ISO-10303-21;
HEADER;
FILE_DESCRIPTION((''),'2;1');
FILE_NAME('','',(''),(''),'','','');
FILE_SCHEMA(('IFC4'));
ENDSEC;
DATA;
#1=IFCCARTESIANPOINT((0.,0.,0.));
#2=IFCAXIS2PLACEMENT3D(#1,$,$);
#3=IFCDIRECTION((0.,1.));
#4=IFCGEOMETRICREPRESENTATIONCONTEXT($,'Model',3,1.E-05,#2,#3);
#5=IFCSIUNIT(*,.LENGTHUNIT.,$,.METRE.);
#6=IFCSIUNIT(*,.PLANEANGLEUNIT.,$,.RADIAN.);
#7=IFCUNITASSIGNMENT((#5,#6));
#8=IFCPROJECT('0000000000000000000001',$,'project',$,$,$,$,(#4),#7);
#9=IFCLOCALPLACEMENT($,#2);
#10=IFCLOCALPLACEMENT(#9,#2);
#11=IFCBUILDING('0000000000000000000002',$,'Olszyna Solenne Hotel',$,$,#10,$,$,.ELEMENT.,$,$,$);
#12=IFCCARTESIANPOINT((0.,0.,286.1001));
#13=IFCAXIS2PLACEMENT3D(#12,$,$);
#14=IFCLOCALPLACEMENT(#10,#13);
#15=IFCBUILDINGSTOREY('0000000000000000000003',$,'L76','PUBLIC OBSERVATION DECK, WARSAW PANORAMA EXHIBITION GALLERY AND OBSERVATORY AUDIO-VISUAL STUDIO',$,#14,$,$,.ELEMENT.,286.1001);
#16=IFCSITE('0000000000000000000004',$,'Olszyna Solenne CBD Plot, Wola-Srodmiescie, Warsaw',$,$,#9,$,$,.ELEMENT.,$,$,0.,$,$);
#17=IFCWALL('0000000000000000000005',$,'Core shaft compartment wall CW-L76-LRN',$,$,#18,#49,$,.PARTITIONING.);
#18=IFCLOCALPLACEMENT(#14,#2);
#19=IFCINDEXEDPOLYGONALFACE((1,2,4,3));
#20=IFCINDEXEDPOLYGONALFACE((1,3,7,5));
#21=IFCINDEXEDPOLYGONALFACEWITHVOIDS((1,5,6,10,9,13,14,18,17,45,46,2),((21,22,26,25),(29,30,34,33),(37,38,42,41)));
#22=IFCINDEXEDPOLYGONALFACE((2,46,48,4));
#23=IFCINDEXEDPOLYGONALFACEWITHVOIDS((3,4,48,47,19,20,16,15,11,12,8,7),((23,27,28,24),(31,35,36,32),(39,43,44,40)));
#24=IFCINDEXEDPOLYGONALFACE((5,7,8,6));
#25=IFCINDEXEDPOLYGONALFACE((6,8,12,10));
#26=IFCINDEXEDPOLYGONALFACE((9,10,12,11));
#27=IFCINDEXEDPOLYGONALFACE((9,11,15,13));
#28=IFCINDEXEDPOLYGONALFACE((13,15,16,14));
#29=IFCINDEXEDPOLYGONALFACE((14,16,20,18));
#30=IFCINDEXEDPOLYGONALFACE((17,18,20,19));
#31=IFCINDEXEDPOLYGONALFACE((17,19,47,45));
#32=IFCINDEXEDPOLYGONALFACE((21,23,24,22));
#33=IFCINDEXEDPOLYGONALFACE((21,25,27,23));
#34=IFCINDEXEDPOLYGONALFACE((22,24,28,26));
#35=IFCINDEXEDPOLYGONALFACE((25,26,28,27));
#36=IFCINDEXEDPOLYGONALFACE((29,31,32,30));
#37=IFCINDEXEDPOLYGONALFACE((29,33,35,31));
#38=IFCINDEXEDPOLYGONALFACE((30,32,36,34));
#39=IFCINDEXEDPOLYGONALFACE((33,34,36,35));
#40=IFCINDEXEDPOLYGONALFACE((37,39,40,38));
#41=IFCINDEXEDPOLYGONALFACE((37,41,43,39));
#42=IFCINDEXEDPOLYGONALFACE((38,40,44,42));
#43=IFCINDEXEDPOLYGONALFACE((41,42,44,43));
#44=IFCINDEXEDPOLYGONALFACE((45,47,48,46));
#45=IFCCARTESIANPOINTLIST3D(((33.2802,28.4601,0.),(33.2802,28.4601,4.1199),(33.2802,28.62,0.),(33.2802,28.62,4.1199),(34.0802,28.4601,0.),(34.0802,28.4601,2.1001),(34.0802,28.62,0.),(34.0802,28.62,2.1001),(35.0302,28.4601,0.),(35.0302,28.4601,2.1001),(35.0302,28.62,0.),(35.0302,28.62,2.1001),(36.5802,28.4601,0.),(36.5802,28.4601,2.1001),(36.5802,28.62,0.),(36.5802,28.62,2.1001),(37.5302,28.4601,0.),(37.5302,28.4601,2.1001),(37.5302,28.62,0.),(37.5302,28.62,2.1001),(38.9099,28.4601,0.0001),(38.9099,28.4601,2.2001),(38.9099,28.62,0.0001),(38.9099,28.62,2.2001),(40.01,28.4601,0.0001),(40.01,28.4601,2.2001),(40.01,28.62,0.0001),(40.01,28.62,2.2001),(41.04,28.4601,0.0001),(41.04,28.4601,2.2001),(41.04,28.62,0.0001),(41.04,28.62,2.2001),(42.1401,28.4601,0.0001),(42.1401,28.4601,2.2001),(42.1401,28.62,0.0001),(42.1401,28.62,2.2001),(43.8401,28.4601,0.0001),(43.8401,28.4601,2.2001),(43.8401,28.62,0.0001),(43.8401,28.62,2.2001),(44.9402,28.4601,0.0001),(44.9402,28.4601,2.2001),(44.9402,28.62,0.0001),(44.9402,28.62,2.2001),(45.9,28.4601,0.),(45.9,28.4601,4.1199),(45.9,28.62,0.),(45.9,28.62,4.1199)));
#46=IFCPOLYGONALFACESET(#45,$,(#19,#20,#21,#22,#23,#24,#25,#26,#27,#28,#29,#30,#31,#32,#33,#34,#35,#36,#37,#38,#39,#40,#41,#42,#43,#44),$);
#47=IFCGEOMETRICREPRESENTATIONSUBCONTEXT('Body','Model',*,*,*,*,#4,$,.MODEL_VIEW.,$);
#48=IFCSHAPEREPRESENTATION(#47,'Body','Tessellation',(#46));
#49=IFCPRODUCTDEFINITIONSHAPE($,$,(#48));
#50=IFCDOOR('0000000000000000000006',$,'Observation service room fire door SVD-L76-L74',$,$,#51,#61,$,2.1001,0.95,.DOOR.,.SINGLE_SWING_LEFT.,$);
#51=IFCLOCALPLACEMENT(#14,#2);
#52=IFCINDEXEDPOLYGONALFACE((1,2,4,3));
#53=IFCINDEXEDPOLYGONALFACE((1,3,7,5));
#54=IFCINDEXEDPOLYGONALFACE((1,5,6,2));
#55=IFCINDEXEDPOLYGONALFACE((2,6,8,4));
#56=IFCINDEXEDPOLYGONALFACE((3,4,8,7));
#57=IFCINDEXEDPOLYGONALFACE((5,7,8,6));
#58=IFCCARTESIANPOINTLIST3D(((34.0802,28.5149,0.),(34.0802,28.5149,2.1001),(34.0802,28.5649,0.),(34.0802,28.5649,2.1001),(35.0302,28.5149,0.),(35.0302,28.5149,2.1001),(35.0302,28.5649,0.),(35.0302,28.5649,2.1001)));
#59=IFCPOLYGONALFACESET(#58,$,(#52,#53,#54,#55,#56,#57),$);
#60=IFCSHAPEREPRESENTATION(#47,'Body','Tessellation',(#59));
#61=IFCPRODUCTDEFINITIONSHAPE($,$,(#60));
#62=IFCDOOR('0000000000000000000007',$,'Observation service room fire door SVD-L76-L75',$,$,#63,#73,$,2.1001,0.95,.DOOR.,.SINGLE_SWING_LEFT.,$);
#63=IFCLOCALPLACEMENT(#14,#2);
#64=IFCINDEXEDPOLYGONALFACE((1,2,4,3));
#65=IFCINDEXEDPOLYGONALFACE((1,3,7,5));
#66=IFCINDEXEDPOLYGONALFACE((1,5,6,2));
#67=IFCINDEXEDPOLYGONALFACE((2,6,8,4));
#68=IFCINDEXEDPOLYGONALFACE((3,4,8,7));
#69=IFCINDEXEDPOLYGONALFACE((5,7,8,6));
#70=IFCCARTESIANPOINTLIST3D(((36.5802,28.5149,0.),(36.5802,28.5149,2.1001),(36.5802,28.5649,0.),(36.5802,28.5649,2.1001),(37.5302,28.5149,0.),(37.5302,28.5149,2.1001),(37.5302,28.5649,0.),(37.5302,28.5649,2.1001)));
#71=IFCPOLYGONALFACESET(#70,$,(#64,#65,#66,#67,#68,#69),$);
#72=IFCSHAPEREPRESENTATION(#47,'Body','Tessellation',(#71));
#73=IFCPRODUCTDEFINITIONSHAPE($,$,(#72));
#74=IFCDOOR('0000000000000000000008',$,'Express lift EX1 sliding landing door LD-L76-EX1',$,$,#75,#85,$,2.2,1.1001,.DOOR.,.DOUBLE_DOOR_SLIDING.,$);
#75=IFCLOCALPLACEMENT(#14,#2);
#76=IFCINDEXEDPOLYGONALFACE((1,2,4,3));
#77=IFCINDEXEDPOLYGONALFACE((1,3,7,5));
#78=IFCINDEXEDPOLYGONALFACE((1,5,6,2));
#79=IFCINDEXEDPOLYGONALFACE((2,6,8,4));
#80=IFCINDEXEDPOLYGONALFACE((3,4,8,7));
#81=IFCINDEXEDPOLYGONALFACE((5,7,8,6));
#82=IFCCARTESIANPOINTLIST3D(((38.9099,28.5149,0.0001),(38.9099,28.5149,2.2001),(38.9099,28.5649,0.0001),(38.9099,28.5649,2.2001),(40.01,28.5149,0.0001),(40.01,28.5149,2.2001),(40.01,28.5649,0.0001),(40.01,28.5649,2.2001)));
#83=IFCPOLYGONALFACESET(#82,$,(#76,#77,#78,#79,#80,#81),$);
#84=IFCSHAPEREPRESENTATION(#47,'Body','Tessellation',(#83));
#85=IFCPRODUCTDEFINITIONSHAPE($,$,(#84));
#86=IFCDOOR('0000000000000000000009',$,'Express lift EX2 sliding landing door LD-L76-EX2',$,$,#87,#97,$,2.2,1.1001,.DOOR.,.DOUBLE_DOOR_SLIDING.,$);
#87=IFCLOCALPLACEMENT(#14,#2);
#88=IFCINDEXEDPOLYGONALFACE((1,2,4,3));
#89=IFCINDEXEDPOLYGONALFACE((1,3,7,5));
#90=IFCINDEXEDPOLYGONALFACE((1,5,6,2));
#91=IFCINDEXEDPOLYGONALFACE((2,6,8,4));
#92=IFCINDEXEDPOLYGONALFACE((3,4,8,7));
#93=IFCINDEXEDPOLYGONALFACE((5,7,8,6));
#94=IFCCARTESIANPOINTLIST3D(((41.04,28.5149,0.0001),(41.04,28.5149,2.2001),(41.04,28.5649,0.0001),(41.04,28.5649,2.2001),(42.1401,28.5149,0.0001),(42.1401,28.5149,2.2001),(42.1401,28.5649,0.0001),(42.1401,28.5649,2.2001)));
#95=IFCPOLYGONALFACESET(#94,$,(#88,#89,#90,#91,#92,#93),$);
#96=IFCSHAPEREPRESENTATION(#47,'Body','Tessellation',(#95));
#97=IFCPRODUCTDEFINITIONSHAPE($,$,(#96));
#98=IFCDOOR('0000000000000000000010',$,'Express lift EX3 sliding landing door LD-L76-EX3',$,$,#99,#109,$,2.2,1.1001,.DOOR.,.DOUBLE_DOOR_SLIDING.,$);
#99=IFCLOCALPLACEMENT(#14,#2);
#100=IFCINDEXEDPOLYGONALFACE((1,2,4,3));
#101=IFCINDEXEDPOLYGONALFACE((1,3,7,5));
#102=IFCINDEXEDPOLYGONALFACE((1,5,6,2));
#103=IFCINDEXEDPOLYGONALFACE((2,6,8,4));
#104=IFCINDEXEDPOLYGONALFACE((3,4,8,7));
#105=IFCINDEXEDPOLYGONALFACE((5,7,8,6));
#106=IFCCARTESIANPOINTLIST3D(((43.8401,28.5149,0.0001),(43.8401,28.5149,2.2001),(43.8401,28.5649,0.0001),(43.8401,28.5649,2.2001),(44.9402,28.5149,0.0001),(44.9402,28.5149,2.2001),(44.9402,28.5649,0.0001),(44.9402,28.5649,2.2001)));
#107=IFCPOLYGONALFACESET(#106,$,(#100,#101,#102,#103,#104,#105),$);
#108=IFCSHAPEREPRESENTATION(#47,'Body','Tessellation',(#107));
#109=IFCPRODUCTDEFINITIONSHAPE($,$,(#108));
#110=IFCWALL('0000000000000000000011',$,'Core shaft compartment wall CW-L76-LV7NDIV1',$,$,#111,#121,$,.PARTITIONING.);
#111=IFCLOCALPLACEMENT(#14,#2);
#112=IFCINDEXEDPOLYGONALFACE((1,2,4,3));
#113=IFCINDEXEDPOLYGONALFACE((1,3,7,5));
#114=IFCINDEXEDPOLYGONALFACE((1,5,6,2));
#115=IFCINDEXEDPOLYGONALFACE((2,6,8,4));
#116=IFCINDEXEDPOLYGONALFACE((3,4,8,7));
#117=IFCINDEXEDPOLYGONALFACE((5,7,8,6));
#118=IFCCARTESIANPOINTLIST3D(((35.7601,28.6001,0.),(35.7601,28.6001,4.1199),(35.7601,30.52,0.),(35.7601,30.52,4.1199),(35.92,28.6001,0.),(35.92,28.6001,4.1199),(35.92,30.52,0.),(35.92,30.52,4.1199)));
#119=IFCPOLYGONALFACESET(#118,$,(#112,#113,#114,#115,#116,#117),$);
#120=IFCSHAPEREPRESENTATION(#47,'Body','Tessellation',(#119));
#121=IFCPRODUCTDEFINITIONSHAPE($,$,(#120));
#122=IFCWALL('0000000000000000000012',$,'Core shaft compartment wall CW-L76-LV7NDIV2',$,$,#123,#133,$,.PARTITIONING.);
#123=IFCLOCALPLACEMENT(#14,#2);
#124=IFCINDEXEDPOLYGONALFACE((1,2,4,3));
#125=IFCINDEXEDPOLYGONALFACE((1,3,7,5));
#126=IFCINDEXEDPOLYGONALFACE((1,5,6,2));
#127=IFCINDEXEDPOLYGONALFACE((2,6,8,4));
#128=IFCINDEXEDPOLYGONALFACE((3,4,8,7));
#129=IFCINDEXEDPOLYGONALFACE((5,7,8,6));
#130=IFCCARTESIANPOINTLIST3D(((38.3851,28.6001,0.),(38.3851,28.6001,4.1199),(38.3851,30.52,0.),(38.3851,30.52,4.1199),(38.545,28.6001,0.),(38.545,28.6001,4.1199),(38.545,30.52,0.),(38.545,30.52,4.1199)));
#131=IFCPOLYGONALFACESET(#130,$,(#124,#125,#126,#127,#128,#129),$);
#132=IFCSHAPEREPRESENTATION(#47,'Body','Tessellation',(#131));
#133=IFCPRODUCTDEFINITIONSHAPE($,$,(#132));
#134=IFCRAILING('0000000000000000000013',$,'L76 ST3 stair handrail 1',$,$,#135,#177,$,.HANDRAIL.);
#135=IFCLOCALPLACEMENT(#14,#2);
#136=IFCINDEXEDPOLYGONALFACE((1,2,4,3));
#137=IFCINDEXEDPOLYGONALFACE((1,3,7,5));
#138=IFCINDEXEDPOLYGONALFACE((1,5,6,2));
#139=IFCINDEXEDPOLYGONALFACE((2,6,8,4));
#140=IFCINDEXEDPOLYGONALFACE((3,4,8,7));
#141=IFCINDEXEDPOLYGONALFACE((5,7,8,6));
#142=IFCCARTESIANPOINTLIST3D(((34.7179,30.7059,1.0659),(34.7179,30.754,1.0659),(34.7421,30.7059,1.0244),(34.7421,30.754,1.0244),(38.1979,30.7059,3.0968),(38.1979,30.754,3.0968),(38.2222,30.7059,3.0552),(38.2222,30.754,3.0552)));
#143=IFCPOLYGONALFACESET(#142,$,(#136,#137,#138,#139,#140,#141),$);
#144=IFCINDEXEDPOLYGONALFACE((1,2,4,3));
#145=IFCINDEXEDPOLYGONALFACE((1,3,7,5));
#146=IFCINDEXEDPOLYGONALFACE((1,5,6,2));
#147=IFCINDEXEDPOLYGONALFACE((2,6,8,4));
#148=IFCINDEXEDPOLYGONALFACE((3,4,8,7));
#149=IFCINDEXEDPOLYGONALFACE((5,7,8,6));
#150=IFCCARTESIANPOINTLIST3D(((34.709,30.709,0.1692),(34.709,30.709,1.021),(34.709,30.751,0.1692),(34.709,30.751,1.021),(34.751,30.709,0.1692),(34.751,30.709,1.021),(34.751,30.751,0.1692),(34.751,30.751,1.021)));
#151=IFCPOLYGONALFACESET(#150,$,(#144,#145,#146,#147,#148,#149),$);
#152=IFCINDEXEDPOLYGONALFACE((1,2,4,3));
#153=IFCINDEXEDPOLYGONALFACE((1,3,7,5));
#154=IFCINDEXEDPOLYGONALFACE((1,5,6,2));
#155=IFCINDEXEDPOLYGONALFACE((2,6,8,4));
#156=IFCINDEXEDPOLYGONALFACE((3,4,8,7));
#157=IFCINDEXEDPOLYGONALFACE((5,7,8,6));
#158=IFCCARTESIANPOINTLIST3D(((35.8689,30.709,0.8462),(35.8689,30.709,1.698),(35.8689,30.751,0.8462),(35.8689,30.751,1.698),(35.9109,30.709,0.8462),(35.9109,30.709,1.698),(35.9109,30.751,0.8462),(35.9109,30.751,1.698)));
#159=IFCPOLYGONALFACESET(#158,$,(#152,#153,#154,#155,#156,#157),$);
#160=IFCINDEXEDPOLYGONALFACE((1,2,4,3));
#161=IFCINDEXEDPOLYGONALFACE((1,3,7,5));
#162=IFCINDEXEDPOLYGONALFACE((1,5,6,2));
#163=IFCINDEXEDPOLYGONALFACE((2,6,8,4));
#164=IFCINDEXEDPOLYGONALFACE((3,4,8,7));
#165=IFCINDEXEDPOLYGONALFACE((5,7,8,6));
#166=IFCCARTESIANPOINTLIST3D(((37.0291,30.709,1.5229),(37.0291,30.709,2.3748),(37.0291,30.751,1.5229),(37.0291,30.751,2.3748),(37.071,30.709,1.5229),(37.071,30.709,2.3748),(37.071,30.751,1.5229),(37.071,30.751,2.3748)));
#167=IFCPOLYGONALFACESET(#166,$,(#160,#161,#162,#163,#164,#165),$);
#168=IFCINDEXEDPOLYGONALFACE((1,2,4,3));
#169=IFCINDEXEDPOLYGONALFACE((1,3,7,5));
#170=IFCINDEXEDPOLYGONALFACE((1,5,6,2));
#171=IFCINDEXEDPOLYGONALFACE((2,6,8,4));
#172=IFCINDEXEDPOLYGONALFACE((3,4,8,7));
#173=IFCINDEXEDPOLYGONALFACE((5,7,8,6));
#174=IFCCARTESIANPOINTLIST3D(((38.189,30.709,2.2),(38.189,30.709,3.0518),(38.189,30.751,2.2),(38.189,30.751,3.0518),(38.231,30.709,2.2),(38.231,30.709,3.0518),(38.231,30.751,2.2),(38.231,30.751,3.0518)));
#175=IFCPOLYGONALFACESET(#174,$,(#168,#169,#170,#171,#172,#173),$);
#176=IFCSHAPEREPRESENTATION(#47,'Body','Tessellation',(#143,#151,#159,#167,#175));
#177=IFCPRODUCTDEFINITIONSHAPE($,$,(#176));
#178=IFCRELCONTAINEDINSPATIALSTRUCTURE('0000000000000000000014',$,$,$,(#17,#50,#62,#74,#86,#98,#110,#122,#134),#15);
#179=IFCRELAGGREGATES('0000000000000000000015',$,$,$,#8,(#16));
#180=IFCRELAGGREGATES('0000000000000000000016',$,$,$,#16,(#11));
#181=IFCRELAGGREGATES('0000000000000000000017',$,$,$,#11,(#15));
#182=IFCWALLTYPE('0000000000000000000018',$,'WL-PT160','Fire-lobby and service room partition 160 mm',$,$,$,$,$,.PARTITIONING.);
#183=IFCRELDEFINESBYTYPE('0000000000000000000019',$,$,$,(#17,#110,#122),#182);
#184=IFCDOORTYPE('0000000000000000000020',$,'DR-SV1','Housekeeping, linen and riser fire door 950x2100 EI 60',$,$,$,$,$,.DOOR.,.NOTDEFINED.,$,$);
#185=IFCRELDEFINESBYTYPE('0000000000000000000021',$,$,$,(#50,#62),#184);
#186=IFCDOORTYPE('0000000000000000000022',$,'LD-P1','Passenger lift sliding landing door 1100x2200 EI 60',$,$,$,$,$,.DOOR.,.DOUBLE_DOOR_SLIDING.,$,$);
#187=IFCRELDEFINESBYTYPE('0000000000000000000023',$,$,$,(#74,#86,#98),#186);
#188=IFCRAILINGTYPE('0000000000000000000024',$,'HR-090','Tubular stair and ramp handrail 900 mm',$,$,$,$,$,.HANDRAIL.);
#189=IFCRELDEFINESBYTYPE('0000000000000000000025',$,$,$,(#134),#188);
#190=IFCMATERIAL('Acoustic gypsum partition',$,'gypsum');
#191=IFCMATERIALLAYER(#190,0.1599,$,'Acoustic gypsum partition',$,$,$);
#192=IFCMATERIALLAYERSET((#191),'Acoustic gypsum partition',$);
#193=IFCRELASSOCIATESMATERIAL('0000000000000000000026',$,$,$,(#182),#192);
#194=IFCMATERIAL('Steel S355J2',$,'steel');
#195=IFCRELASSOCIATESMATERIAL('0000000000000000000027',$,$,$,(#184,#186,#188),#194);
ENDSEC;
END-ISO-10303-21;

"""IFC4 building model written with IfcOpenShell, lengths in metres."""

from ifc_helpers import new_model, si_unit, direction, frame, frame_2d, origin, origin_2d, place, context, subcontext, project, spatial, rectangle, extrude, source, transform, mapped, material, layer, layer_set, type_object, type_shapes, element, fill, save


model = new_model("IFC4")

# Units and contexts
model_context = context("Model", 3, precision=1e-05, world=origin(), true_north=direction((0.0, 1.0)))
body_context = subcontext(model_context, "Body", "Model", "MODEL_VIEW")
ifc_project = project(units=[si_unit("LENGTHUNIT", "METRE"), si_unit("PLANEANGLEUNIT", "RADIAN")], contexts=[model_context])

# Site, building, storey
site_placement = place(None, origin())
site = spatial("IfcSite", under=ifc_project, at=site_placement, Name="Olszyna Solenne CBD Plot, Wola-Srodmiescie, Warsaw", CompositionType="ELEMENT", RefElevation=0.0)
building_placement = place(site_placement, origin())
building = spatial("IfcBuilding", under=site, at=building_placement, Name="Olszyna Solenne Hotel", CompositionType="ELEMENT")
storey_placement = place(building_placement, frame((0.0, 0.0, 286.1001)))
storey = spatial("IfcBuildingStorey", under=building, at=storey_placement, Name="L76", Description="PUBLIC OBSERVATION DECK, WARSAW PANORAMA EXHIBITION GALLERY AND OBSERVATORY AUDIO-VISUAL STUDIO", CompositionType="ELEMENT", Elevation=286.1001)

# Shared definitions
ifc_material_1 = material(Name="Steel S355J2", Category="steel")

# Shared definitions
ifc_material_2 = material(Name="Acoustic gypsum partition", Category="gypsum")
ifc_layer = layer(ifc_material_2, 0.1599, Name="Acoustic gypsum partition")
ifc_layer_set = layer_set([ifc_layer], Name="Acoustic gypsum partition")
wall_type = type_object("IfcWallType", Name="WL-PT160", Description="Fire-lobby and service room partition 160 mm", PredefinedType="PARTITIONING", material=ifc_layer_set)

# Shared definitions
door_type_1 = type_object("IfcDoorType", Name="DR-SV1", Description="Housekeeping, linen and riser fire door 950x2100 EI 60", OperationType="NOTDEFINED", PredefinedType="DOOR", material=ifc_material_1)
shared_shape_1 = source(origin(), body_context, "Body", "SweptSolid", [
    extrude(rectangle(XDim=0.95, YDim=2.1001, at=frame_2d((0.4751, 1.05))), frame((0.0, 0.0249, 0.0), z_axis=(0.0, -1.0, 0.0), x_axis=(1.0, 0.0, 0.0)), (0.0, 0.0, 1.0), 0.05),
])
type_shapes(door_type_1, [shared_shape_1])

# Wall, openings, doors
wall_1_placement = place(storey_placement, frame((33.28, 28.54, 0.0), z_axis=(0.0, 0.0, 1.0), x_axis=(1.0, 0.0, 0.0)))
wall_1 = element("IfcWall", 1, at=wall_1_placement, inside=storey, type_object=wall_type, Name="Core shaft compartment wall CW-L76-LRN", PredefinedType="PARTITIONING", context=body_context, shape_type="SweptSolid", body=[
    extrude(rectangle(XDim=12.6199, YDim=0.1599, at=frame_2d((6.3101, 0.0))), origin(), (0.0, 0.0, 1.0), 4.1199),
])
opening_1_placement = place(wall_1_placement, frame((0.8, 0.0, 0.0)))
opening_1 = element("IfcOpeningElement", 2, at=opening_1_placement, cuts=wall_1, PredefinedType="OPENING", context=body_context, shape_type="SweptSolid", body=[
    extrude(rectangle(XDim=0.95, YDim=2.1001, at=frame_2d((0.4751, 1.05))), frame((0.0, 0.0898, 0.0), z_axis=(0.0, -1.0, 0.0), x_axis=(1.0, 0.0, 0.0)), (0.0, 0.0, 1.0), 0.1799),
])
opening_2_placement = place(wall_1_placement, frame((3.3, 0.0, 0.0)))
opening_2 = element("IfcOpeningElement", 3, at=opening_2_placement, cuts=wall_1, PredefinedType="OPENING", context=body_context, shape_type="SweptSolid", body=[
    extrude(rectangle(XDim=0.95, YDim=2.1001, at=frame_2d((0.4751, 1.05))), frame((0.0, 0.0898, 0.0), z_axis=(0.0, -1.0, 0.0), x_axis=(1.0, 0.0, 0.0)), (0.0, 0.0, 1.0), 0.1799),
])
opening_3_placement = place(wall_1_placement, frame((5.6299, 0.0, 0.0)))
opening_3 = element("IfcOpeningElement", 4, at=opening_3_placement, cuts=wall_1, PredefinedType="OPENING", context=body_context, shape_type="SweptSolid", body=[
    extrude(rectangle(XDim=1.1001, YDim=2.2, at=frame_2d((0.55, 1.1001))), frame((0.0, 0.0898, 0.0), z_axis=(0.0, -1.0, 0.0), x_axis=(1.0, 0.0, 0.0)), (0.0, 0.0, 1.0), 0.1799),
])
opening_4_placement = place(wall_1_placement, frame((7.76, 0.0, 0.0)))
opening_4 = element("IfcOpeningElement", 5, at=opening_4_placement, cuts=wall_1, PredefinedType="OPENING", context=body_context, shape_type="SweptSolid", body=[
    extrude(rectangle(XDim=1.1001, YDim=2.2, at=frame_2d((0.55, 1.1001))), frame((0.0, 0.0898, 0.0), z_axis=(0.0, -1.0, 0.0), x_axis=(1.0, 0.0, 0.0)), (0.0, 0.0, 1.0), 0.1799),
])
opening_5_placement = place(wall_1_placement, frame((10.5601, 0.0, 0.0)))
opening_5 = element("IfcOpeningElement", 6, at=opening_5_placement, cuts=wall_1, PredefinedType="OPENING", context=body_context, shape_type="SweptSolid", body=[
    extrude(rectangle(XDim=1.1001, YDim=2.2, at=frame_2d((0.55, 1.1001))), frame((0.0, 0.0898, 0.0), z_axis=(0.0, -1.0, 0.0), x_axis=(1.0, 0.0, 0.0)), (0.0, 0.0, 1.0), 0.1799),
])
door_1_placement = place(opening_1_placement, origin())
door_1 = element("IfcDoor", 7, at=door_1_placement, inside=storey, type_object=door_type_1, Name="Observation service room fire door SVD-L76-L74", OperationType="SINGLE_SWING_LEFT", OverallHeight=2.1001, OverallWidth=0.95, PredefinedType="DOOR", context=body_context, shape_type="MappedRepresentation", body=[
    mapped(shared_shape_1, transform((0.0, 0.0, 0.0), x_axis=(1.0, 0.0, 0.0), y_axis=(0.0, 1.0, 0.0), z_axis=(0.0, 0.0, 1.0), scale=1.0)),
])
fill(opening_1, door_1)
door_2_placement = place(opening_2_placement, origin())
door_2 = element("IfcDoor", 8, at=door_2_placement, inside=storey, type_object=door_type_1, Name="Observation service room fire door SVD-L76-L75", OperationType="SINGLE_SWING_LEFT", OverallHeight=2.1001, OverallWidth=0.95, PredefinedType="DOOR", context=body_context, shape_type="MappedRepresentation", body=[
    mapped(shared_shape_1, transform((0.0, 0.0, 0.0), x_axis=(1.0, 0.0, 0.0), y_axis=(0.0, 1.0, 0.0), z_axis=(0.0, 0.0, 1.0), scale=1.0)),
])
fill(opening_2, door_2)
door_type_2 = type_object("IfcDoorType", Name="LD-P1", Description="Passenger lift sliding landing door 1100x2200 EI 60", OperationType="DOUBLE_DOOR_SLIDING", PredefinedType="DOOR", material=ifc_material_1)
shared_shape_2 = source(origin(), body_context, "Body", "SweptSolid", [
    extrude(rectangle(XDim=1.1001, YDim=2.2, at=frame_2d((0.55, 1.1001))), frame((0.0, 0.0249, 0.0), z_axis=(0.0, -1.0, 0.0), x_axis=(1.0, 0.0, 0.0)), (0.0, 0.0, 1.0), 0.05),
])
type_shapes(door_type_2, [shared_shape_2])
door_3_placement = place(opening_3_placement, origin())
door_3 = element("IfcDoor", 9, at=door_3_placement, inside=storey, type_object=door_type_2, Name="Express lift EX1 sliding landing door LD-L76-EX1", OperationType="DOUBLE_DOOR_SLIDING", OverallHeight=2.2, OverallWidth=1.1001, PredefinedType="DOOR", context=body_context, shape_type="MappedRepresentation", body=[
    mapped(shared_shape_2, transform((0.0, 0.0, 0.0), x_axis=(1.0, 0.0, 0.0), y_axis=(0.0, 1.0, 0.0), z_axis=(0.0, 0.0, 1.0), scale=1.0)),
])
fill(opening_3, door_3)
door_4_placement = place(opening_4_placement, origin())
door_4 = element("IfcDoor", 10, at=door_4_placement, inside=storey, type_object=door_type_2, Name="Express lift EX2 sliding landing door LD-L76-EX2", OperationType="DOUBLE_DOOR_SLIDING", OverallHeight=2.2, OverallWidth=1.1001, PredefinedType="DOOR", context=body_context, shape_type="MappedRepresentation", body=[
    mapped(shared_shape_2, transform((0.0, 0.0, 0.0), x_axis=(1.0, 0.0, 0.0), y_axis=(0.0, 1.0, 0.0), z_axis=(0.0, 0.0, 1.0), scale=1.0)),
])
fill(opening_4, door_4)
door_5_placement = place(opening_5_placement, origin())
door_5 = element("IfcDoor", 11, at=door_5_placement, inside=storey, type_object=door_type_2, Name="Express lift EX3 sliding landing door LD-L76-EX3", OperationType="DOUBLE_DOOR_SLIDING", OverallHeight=2.2, OverallWidth=1.1001, PredefinedType="DOOR", context=body_context, shape_type="MappedRepresentation", body=[
    mapped(shared_shape_2, transform((0.0, 0.0, 0.0), x_axis=(1.0, 0.0, 0.0), y_axis=(0.0, 1.0, 0.0), z_axis=(0.0, 0.0, 1.0), scale=1.0)),
])
fill(opening_5, door_5)

# Walls
for number, where, z_axis, x_axis, name in (
    (12, (35.8401, 28.6001, 0.0), (0.0, 0.0, 1.0), (0.0, 1.0, 0.0), "Core shaft compartment wall CW-L76-LV7NDIV1"),
    (13, (38.4651, 28.6001, 0.0), (0.0, 0.0, 1.0), (0.0, 1.0, 0.0), "Core shaft compartment wall CW-L76-LV7NDIV2"),
):
    element("IfcWall", number, at=place(storey_placement, frame(where, z_axis=z_axis, x_axis=x_axis)), inside=storey, type_object=wall_type, Name=name, PredefinedType="PARTITIONING", context=body_context, shape_type="SweptSolid", body=[
        extrude(rectangle(XDim=1.9199, YDim=0.1599, at=frame_2d((0.96, 0.0))), origin(), (0.0, 0.0, 1.0), 4.1199),
    ])

# Railing
railing_type = type_object("IfcRailingType", Name="HR-090", Description="Tubular stair and ramp handrail 900 mm", PredefinedType="HANDRAIL", material=ifc_material_1)
railing_placement = place(storey_placement, frame((34.73, 30.73, 0.1692)))
element("IfcRailing", 14, at=railing_placement, inside=storey, type_object=railing_type, Name="L76 ST3 stair handrail 1", PredefinedType="HANDRAIL", context=body_context, shape_type="SweptSolid", body=[
    extrude(rectangle(XDim=0.0481, YDim=0.0481, at=origin_2d()), frame((0.0, 0.0, 0.876), z_axis=(0.863695, 0.0, 0.504014), x_axis=(0.0, 1.0, 0.0)), (0.0, 0.0, 1.0), 4.0293),
    extrude(rectangle(XDim=0.042, YDim=0.042, at=origin_2d()), origin(), (0.0, 0.0, 1.0), 0.8518),
    extrude(rectangle(XDim=0.042, YDim=0.042, at=origin_2d()), frame((1.1599, 0.0, 0.677)), (0.0, 0.0, 1.0), 0.8518),
    extrude(rectangle(XDim=0.042, YDim=0.042, at=origin_2d()), frame((2.3201, 0.0, 1.3538)), (0.0, 0.0, 1.0), 0.8518),
    extrude(rectangle(XDim=0.042, YDim=0.042, at=origin_2d()), frame((3.48, 0.0, 2.0308)), (0.0, 0.0, 1.0), 0.8518),
])

save(model, "model.ifc")
